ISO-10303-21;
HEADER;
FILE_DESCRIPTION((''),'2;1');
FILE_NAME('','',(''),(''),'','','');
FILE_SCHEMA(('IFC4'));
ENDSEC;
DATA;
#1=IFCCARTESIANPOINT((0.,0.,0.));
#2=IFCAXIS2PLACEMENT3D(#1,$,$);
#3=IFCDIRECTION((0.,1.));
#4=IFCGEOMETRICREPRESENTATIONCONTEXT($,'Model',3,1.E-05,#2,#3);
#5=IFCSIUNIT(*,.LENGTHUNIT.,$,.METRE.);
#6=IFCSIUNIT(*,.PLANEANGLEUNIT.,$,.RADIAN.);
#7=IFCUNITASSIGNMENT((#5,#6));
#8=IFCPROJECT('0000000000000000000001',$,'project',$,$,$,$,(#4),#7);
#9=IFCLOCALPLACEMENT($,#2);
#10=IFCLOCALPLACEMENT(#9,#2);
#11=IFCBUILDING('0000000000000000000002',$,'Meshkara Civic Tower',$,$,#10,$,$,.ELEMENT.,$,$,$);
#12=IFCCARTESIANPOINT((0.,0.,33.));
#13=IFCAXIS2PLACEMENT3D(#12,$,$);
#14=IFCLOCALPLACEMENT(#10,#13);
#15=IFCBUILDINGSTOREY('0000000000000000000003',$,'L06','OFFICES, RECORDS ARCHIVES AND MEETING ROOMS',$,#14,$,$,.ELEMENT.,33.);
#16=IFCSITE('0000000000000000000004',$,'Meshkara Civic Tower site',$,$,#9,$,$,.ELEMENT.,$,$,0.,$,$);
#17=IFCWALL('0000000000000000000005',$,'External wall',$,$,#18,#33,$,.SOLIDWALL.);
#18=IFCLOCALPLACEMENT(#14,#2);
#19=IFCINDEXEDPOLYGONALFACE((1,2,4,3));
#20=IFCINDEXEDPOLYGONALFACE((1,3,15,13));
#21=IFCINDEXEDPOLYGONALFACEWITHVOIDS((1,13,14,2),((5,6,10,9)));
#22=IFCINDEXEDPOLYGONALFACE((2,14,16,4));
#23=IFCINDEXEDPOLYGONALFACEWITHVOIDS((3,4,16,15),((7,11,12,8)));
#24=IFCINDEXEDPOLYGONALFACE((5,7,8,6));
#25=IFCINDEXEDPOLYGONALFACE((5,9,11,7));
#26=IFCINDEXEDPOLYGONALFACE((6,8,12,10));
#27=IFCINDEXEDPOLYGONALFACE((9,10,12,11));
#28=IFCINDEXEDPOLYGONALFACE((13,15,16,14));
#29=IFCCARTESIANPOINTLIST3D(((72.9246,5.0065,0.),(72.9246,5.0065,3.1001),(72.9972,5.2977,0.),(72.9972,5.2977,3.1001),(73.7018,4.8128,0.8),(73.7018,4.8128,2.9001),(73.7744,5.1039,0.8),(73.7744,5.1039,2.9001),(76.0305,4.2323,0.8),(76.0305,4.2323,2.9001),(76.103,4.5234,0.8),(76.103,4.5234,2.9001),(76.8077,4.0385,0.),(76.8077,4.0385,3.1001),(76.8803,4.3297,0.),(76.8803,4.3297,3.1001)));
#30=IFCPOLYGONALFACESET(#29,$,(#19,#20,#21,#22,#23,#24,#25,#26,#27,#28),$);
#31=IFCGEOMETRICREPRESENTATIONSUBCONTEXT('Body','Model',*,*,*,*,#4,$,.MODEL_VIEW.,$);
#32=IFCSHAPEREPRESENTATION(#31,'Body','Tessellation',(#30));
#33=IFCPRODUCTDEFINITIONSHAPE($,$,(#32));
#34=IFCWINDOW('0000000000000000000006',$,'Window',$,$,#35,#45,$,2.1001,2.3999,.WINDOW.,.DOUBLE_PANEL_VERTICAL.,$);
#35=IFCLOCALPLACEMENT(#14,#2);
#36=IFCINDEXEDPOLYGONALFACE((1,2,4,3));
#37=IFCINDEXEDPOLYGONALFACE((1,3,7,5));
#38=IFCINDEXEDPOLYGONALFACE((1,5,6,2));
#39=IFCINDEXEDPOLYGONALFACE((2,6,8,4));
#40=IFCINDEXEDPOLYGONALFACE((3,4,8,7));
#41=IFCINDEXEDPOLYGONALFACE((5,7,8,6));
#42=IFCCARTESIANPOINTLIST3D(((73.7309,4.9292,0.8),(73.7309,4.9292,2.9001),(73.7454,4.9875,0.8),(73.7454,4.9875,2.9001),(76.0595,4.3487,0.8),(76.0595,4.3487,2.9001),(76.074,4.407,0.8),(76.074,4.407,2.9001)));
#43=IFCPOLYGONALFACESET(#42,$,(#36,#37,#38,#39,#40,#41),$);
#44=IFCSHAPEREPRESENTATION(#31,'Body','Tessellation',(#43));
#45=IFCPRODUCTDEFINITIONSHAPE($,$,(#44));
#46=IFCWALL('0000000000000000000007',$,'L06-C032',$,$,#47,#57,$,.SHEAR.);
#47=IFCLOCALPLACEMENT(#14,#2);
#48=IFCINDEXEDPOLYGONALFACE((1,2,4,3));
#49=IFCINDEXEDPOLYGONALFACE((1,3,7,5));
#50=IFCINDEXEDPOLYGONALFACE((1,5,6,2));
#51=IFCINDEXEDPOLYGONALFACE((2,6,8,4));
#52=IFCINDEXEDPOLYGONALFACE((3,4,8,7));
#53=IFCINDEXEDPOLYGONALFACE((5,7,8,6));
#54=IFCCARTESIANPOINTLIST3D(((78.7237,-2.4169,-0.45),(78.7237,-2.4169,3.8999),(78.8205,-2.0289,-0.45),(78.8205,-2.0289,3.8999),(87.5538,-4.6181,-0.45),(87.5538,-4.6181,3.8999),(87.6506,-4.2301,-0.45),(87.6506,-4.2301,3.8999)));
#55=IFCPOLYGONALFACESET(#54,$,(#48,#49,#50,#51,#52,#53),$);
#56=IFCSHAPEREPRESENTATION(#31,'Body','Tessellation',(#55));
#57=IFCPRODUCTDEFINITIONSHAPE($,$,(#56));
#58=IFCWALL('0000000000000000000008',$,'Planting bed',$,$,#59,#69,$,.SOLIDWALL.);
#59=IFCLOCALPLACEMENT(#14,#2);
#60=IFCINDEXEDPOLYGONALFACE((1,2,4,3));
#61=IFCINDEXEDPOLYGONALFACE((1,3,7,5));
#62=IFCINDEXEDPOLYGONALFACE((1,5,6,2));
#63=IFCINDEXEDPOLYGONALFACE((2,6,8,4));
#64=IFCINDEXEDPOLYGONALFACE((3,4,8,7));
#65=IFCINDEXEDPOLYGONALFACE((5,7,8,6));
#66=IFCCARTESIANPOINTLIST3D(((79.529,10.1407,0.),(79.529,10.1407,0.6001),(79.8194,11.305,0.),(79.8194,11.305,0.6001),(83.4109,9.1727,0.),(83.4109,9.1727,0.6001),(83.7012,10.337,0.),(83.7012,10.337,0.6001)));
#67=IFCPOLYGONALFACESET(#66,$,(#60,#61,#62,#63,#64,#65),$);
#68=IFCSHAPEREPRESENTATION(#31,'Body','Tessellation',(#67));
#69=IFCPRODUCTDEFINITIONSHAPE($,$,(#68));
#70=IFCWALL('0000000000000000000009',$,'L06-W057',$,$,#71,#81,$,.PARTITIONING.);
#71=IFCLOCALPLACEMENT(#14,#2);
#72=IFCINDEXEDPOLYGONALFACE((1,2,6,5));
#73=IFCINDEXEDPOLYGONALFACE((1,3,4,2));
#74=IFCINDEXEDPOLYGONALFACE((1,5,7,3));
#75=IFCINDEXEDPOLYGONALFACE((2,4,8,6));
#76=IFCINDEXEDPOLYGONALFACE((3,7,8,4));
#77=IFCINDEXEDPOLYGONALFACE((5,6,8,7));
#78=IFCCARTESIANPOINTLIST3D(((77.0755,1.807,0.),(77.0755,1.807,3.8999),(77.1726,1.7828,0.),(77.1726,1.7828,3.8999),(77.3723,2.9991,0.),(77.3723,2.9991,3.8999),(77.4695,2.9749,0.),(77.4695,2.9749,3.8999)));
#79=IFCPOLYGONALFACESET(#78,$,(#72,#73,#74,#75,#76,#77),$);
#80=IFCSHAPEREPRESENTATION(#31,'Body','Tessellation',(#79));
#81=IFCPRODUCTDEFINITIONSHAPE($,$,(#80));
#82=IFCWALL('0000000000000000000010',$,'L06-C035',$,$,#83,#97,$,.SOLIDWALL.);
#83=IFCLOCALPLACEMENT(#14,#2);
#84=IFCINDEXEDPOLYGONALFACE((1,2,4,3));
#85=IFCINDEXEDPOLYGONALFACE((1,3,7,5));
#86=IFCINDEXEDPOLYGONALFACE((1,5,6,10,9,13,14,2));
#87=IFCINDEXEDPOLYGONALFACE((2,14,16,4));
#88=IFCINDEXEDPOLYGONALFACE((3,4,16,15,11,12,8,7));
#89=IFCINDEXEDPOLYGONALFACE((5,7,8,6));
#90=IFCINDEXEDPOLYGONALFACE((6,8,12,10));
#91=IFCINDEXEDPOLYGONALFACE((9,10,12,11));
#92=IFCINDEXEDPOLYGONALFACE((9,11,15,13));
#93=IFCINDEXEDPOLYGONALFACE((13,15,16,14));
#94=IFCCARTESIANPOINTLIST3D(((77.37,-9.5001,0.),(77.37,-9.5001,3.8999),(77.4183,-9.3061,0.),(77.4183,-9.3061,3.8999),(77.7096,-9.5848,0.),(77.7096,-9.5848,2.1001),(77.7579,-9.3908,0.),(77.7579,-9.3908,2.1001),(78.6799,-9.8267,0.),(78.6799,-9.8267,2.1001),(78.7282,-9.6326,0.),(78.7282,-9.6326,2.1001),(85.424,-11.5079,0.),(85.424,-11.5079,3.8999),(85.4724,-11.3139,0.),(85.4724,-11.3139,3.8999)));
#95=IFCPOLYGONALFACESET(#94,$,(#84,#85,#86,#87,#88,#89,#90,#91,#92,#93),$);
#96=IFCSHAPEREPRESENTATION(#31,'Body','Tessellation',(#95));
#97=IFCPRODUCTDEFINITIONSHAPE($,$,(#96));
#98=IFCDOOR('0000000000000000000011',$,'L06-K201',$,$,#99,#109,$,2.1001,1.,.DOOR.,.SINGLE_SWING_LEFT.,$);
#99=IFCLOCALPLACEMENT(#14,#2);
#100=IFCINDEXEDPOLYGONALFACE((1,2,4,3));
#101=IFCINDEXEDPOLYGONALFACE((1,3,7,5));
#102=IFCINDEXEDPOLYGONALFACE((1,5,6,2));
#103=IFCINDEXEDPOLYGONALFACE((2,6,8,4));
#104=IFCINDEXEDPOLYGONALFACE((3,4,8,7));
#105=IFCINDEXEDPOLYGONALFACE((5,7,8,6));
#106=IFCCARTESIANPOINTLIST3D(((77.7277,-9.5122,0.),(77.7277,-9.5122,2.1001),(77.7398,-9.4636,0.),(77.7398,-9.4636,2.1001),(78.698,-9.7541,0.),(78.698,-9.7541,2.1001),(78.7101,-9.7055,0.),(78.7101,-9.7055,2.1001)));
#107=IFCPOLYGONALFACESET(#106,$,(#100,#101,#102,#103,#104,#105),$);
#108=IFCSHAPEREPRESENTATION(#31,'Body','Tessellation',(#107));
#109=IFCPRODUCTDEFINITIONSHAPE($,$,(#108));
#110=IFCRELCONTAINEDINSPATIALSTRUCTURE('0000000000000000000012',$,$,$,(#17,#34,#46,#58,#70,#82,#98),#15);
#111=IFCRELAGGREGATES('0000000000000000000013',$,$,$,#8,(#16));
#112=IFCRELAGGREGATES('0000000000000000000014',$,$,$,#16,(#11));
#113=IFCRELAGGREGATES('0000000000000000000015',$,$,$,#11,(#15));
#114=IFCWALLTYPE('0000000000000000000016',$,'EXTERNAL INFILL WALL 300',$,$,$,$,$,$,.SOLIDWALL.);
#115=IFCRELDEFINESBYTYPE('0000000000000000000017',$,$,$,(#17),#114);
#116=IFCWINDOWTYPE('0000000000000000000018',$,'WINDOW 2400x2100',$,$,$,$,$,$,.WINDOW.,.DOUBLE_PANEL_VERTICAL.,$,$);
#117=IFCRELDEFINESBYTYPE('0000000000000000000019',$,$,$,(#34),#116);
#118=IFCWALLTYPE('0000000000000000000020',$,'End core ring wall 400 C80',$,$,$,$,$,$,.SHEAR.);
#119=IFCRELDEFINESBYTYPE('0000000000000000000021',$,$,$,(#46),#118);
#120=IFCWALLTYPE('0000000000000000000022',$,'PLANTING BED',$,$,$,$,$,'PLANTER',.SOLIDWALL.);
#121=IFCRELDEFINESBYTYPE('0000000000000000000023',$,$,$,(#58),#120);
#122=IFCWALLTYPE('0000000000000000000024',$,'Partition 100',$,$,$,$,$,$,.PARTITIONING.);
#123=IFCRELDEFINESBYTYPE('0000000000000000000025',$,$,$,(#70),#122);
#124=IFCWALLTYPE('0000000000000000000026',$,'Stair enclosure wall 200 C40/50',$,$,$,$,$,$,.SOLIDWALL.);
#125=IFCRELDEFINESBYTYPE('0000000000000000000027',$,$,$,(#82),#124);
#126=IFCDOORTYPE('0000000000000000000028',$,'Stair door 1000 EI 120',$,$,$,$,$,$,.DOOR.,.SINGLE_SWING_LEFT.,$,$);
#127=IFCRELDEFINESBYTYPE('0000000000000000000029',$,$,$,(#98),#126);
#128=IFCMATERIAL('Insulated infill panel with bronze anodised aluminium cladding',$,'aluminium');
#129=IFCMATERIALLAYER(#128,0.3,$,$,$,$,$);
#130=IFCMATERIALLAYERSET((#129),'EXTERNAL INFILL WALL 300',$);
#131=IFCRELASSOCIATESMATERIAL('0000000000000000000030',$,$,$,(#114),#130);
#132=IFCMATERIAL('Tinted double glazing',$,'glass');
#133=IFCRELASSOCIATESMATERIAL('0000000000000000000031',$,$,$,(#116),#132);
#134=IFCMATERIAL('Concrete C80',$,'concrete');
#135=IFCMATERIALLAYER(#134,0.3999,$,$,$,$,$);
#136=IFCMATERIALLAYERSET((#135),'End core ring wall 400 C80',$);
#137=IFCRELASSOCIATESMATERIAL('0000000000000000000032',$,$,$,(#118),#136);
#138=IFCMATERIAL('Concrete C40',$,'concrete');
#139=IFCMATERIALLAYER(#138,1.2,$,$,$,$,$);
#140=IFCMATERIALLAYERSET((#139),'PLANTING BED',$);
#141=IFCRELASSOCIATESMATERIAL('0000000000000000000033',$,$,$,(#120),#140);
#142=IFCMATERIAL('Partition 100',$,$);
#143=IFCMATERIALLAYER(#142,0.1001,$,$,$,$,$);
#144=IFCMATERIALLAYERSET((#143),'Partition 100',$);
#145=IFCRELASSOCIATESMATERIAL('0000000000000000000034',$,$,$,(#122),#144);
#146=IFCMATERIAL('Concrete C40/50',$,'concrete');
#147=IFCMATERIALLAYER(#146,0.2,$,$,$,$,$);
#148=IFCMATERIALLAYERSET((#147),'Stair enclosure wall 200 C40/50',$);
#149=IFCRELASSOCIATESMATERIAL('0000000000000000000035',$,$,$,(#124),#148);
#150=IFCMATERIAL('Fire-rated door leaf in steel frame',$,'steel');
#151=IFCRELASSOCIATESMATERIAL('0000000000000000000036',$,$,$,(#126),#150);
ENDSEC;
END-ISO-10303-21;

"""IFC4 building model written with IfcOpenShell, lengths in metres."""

from ifc_helpers import new_model, si_unit, direction, frame, frame_2d, origin, place, context, subcontext, project, spatial, rectangle, extrude, material, layer, layer_set, type_object, element, fill, save


model = new_model("IFC4")

# Units and contexts
model_context = context("Model", 3, precision=1e-05, world=origin(), true_north=direction((0.0, 1.0)))
body_context = subcontext(model_context, "Body", "Model", "MODEL_VIEW")
ifc_project = project(units=[si_unit("LENGTHUNIT", "METRE"), si_unit("PLANEANGLEUNIT", "RADIAN")], contexts=[model_context])

# Site, building, storey
site_placement = place(None, origin())
site = spatial("IfcSite", under=ifc_project, at=site_placement, Name="Meshkara Civic Tower site", CompositionType="ELEMENT", RefElevation=0.0)
building_placement = place(site_placement, origin())
building = spatial("IfcBuilding", under=site, at=building_placement, Name="Meshkara Civic Tower", CompositionType="ELEMENT")
storey_placement = place(building_placement, frame((0.0, 0.0, 33.0)))
storey = spatial("IfcBuildingStorey", under=building, at=storey_placement, Name="L06", Description="OFFICES, RECORDS ARCHIVES AND MEETING ROOMS", CompositionType="ELEMENT", Elevation=33.0)

# Wall, opening, window
ifc_material_1 = material(Name="Insulated infill panel with bronze anodised aluminium cladding", Category="aluminium")
ifc_layer_1 = layer(ifc_material_1, 0.3)
ifc_layer_set_1 = layer_set([ifc_layer_1], Name="EXTERNAL INFILL WALL 300")
wall_type_1 = type_object("IfcWallType", Name="EXTERNAL INFILL WALL 300", PredefinedType="SOLIDWALL", material=ifc_layer_set_1)
ifc_material_2 = material(Name="Tinted double glazing", Category="glass")
window_type = type_object("IfcWindowType", Name="WINDOW 2400x2100", PartitioningType="DOUBLE_PANEL_VERTICAL", PredefinedType="WINDOW", material=ifc_material_2)
wall_1_placement = place(storey_placement, frame((76.844, 4.1841, 0.0), z_axis=(0.0, 0.0, 1.0), x_axis=(-0.970304, 0.24189, 0.0)))
wall_1 = element("IfcWall", 1, at=wall_1_placement, inside=storey, type_object=wall_type_1, Name="External wall", PredefinedType="SOLIDWALL", context=body_context, shape_type="SweptSolid", body=[
    extrude(rectangle(XDim=4.002, YDim=0.3, at=frame_2d((2.001, 0.0))), origin(), (0.0, 0.0, 1.0), 3.1001),
])
opening_1_placement = place(wall_1_placement, frame((0.801, 0.0, 0.8)))
opening_1 = element("IfcOpeningElement", 2, at=opening_1_placement, cuts=wall_1, PredefinedType="OPENING", context=body_context, shape_type="SweptSolid", body=[
    extrude(rectangle(XDim=2.3999, YDim=2.1001, at=frame_2d((1.2, 1.05))), frame((0.0, 0.1599, 0.0), z_axis=(0.0, -1.0, 0.0), x_axis=(1.0, 0.0, 0.0)), (0.0, 0.0, 1.0), 0.3201),
])
window_1_placement = place(opening_1_placement, origin())
window_1 = element("IfcWindow", 3, at=window_1_placement, inside=storey, type_object=window_type, Name="Window", OverallHeight=2.1001, OverallWidth=2.3999, PartitioningType="DOUBLE_PANEL_VERTICAL", PredefinedType="WINDOW", context=body_context, shape_type="SweptSolid", body=[
    extrude(rectangle(XDim=2.3999, YDim=2.1001, at=frame_2d((1.2, 1.05))), frame((0.0, 0.03, 0.0), z_axis=(0.0, -1.0, 0.0), x_axis=(1.0, 0.0, 0.0)), (0.0, 0.0, 1.0), 0.0601),
])
fill(opening_1, window_1)

# Walls
ifc_material_3 = material(Name="Concrete C80", Category="concrete")
ifc_layer_2 = layer(ifc_material_3, 0.3999)
ifc_layer_set_2 = layer_set([ifc_layer_2], Name="End core ring wall 400 C80")
wall_type_2 = type_object("IfcWallType", Name="End core ring wall 400 C80", PredefinedType="SHEAR", material=ifc_layer_set_2)
wall_2_placement = place(storey_placement, frame((78.772, -2.2229, -0.45), z_axis=(0.0, 0.0, 1.0), x_axis=(0.970306, -0.241879, 0.0)))
element("IfcWall", 4, at=wall_2_placement, inside=storey, type_object=wall_type_2, Name="L06-C032", PredefinedType="SHEAR", context=body_context, shape_type="SweptSolid", body=[
    extrude(rectangle(XDim=9.1003, YDim=0.3999, at=frame_2d((4.5503, 0.0))), origin(), (0.0, 0.0, 1.0), 4.3499),
])
ifc_material_4 = material(Name="Concrete C40", Category="concrete")
ifc_layer_3 = layer(ifc_material_4, 1.2)
ifc_layer_set_3 = layer_set([ifc_layer_3], Name="PLANTING BED")
wall_type_3 = type_object("IfcWallType", Name="PLANTING BED", ElementType="PLANTER", PredefinedType="SOLIDWALL", material=ifc_layer_set_3)
wall_3_placement = place(storey_placement, frame((79.6741, 10.7229, 0.0), z_axis=(0.0, 0.0, 1.0), x_axis=(0.970286, -0.241961, 0.0)))
element("IfcWall", 5, at=wall_3_placement, inside=storey, type_object=wall_type_3, Name="Planting bed", PredefinedType="SOLIDWALL", context=body_context, shape_type="SweptSolid", body=[
    extrude(rectangle(XDim=4.0007, YDim=1.2, at=frame_2d((2.0005, 0.0))), origin(), (0.0, 0.0, 1.0), 0.6001),
])
ifc_material_5 = material(Name="Partition 100")
ifc_layer_4 = layer(ifc_material_5, 0.1001)
ifc_layer_set_4 = layer_set([ifc_layer_4], Name="Partition 100")
wall_type_4 = type_object("IfcWallType", Name="Partition 100", PredefinedType="PARTITIONING", material=ifc_layer_set_4)
wall_4_placement = place(storey_placement, frame((77.124, 1.7949, 0.0), z_axis=(0.0, 0.0, 1.0), x_axis=(0.241647, 0.970364, 0.0)))
element("IfcWall", 6, at=wall_4_placement, inside=storey, type_object=wall_type_4, Name="L06-W057", PredefinedType="PARTITIONING", context=body_context, shape_type="SweptSolid", body=[
    extrude(rectangle(XDim=1.2285, YDim=0.1001, at=frame_2d((0.6143, 0.0))), origin(), (0.0, 0.0, 1.0), 3.8999),
])

# Wall, opening, door
ifc_material_6 = material(Name="Concrete C40/50", Category="concrete")
ifc_layer_5 = layer(ifc_material_6, 0.2)
ifc_layer_set_5 = layer_set([ifc_layer_5], Name="Stair enclosure wall 200 C40/50")
wall_type_5 = type_object("IfcWallType", Name="Stair enclosure wall 200 C40/50", PredefinedType="SOLIDWALL", material=ifc_layer_set_5)
wall_5_placement = place(storey_placement, frame((77.394, -9.4031, 0.0), z_axis=(0.0, 0.0, 1.0), x_axis=(0.970303, -0.241892, 0.0)))
wall_5 = element("IfcWall", 7, at=wall_5_placement, inside=storey, type_object=wall_type_5, Name="L06-C035", PredefinedType="SOLIDWALL", context=body_context, shape_type="SweptSolid", body=[
    extrude(rectangle(XDim=8.3005, YDim=0.2, at=frame_2d((4.1504, 0.0))), origin(), (0.0, 0.0, 1.0), 3.8999),
])
opening_2_placement = place(wall_5_placement, frame((0.3501, 0.0, 0.0)))
opening_2 = element("IfcOpeningElement", 8, at=opening_2_placement, cuts=wall_5, PredefinedType="OPENING", context=body_context, shape_type="SweptSolid", body=[
    extrude(rectangle(XDim=1.0, YDim=2.1001, at=frame_2d((0.5, 1.05))), frame((0.0, 0.1099, 0.0), z_axis=(0.0, -1.0, 0.0), x_axis=(1.0, 0.0, 0.0)), (0.0, 0.0, 1.0), 0.22),
])
ifc_material_7 = material(Name="Fire-rated door leaf in steel frame", Category="steel")
door_type_1 = type_object("IfcDoorType", Name="Stair door 1000 EI 120", OperationType="SINGLE_SWING_LEFT", PredefinedType="DOOR", material=ifc_material_7)
door_1_placement = place(opening_2_placement, origin())
door_1 = element("IfcDoor", 9, at=door_1_placement, inside=storey, type_object=door_type_1, Name="L06-K201", OperationType="SINGLE_SWING_LEFT", OverallHeight=2.1001, OverallWidth=1.0, PredefinedType="DOOR", context=body_context, shape_type="SweptSolid", body=[
    extrude(rectangle(XDim=1.0, YDim=2.1001, at=frame_2d((0.5, 1.05))), frame((0.0, 0.0249, 0.0), z_axis=(0.0, -1.0, 0.0), x_axis=(1.0, 0.0, 0.0)), (0.0, 0.0, 1.0), 0.05),
])
fill(opening_2, door_1)

save(model, "model.ifc")
